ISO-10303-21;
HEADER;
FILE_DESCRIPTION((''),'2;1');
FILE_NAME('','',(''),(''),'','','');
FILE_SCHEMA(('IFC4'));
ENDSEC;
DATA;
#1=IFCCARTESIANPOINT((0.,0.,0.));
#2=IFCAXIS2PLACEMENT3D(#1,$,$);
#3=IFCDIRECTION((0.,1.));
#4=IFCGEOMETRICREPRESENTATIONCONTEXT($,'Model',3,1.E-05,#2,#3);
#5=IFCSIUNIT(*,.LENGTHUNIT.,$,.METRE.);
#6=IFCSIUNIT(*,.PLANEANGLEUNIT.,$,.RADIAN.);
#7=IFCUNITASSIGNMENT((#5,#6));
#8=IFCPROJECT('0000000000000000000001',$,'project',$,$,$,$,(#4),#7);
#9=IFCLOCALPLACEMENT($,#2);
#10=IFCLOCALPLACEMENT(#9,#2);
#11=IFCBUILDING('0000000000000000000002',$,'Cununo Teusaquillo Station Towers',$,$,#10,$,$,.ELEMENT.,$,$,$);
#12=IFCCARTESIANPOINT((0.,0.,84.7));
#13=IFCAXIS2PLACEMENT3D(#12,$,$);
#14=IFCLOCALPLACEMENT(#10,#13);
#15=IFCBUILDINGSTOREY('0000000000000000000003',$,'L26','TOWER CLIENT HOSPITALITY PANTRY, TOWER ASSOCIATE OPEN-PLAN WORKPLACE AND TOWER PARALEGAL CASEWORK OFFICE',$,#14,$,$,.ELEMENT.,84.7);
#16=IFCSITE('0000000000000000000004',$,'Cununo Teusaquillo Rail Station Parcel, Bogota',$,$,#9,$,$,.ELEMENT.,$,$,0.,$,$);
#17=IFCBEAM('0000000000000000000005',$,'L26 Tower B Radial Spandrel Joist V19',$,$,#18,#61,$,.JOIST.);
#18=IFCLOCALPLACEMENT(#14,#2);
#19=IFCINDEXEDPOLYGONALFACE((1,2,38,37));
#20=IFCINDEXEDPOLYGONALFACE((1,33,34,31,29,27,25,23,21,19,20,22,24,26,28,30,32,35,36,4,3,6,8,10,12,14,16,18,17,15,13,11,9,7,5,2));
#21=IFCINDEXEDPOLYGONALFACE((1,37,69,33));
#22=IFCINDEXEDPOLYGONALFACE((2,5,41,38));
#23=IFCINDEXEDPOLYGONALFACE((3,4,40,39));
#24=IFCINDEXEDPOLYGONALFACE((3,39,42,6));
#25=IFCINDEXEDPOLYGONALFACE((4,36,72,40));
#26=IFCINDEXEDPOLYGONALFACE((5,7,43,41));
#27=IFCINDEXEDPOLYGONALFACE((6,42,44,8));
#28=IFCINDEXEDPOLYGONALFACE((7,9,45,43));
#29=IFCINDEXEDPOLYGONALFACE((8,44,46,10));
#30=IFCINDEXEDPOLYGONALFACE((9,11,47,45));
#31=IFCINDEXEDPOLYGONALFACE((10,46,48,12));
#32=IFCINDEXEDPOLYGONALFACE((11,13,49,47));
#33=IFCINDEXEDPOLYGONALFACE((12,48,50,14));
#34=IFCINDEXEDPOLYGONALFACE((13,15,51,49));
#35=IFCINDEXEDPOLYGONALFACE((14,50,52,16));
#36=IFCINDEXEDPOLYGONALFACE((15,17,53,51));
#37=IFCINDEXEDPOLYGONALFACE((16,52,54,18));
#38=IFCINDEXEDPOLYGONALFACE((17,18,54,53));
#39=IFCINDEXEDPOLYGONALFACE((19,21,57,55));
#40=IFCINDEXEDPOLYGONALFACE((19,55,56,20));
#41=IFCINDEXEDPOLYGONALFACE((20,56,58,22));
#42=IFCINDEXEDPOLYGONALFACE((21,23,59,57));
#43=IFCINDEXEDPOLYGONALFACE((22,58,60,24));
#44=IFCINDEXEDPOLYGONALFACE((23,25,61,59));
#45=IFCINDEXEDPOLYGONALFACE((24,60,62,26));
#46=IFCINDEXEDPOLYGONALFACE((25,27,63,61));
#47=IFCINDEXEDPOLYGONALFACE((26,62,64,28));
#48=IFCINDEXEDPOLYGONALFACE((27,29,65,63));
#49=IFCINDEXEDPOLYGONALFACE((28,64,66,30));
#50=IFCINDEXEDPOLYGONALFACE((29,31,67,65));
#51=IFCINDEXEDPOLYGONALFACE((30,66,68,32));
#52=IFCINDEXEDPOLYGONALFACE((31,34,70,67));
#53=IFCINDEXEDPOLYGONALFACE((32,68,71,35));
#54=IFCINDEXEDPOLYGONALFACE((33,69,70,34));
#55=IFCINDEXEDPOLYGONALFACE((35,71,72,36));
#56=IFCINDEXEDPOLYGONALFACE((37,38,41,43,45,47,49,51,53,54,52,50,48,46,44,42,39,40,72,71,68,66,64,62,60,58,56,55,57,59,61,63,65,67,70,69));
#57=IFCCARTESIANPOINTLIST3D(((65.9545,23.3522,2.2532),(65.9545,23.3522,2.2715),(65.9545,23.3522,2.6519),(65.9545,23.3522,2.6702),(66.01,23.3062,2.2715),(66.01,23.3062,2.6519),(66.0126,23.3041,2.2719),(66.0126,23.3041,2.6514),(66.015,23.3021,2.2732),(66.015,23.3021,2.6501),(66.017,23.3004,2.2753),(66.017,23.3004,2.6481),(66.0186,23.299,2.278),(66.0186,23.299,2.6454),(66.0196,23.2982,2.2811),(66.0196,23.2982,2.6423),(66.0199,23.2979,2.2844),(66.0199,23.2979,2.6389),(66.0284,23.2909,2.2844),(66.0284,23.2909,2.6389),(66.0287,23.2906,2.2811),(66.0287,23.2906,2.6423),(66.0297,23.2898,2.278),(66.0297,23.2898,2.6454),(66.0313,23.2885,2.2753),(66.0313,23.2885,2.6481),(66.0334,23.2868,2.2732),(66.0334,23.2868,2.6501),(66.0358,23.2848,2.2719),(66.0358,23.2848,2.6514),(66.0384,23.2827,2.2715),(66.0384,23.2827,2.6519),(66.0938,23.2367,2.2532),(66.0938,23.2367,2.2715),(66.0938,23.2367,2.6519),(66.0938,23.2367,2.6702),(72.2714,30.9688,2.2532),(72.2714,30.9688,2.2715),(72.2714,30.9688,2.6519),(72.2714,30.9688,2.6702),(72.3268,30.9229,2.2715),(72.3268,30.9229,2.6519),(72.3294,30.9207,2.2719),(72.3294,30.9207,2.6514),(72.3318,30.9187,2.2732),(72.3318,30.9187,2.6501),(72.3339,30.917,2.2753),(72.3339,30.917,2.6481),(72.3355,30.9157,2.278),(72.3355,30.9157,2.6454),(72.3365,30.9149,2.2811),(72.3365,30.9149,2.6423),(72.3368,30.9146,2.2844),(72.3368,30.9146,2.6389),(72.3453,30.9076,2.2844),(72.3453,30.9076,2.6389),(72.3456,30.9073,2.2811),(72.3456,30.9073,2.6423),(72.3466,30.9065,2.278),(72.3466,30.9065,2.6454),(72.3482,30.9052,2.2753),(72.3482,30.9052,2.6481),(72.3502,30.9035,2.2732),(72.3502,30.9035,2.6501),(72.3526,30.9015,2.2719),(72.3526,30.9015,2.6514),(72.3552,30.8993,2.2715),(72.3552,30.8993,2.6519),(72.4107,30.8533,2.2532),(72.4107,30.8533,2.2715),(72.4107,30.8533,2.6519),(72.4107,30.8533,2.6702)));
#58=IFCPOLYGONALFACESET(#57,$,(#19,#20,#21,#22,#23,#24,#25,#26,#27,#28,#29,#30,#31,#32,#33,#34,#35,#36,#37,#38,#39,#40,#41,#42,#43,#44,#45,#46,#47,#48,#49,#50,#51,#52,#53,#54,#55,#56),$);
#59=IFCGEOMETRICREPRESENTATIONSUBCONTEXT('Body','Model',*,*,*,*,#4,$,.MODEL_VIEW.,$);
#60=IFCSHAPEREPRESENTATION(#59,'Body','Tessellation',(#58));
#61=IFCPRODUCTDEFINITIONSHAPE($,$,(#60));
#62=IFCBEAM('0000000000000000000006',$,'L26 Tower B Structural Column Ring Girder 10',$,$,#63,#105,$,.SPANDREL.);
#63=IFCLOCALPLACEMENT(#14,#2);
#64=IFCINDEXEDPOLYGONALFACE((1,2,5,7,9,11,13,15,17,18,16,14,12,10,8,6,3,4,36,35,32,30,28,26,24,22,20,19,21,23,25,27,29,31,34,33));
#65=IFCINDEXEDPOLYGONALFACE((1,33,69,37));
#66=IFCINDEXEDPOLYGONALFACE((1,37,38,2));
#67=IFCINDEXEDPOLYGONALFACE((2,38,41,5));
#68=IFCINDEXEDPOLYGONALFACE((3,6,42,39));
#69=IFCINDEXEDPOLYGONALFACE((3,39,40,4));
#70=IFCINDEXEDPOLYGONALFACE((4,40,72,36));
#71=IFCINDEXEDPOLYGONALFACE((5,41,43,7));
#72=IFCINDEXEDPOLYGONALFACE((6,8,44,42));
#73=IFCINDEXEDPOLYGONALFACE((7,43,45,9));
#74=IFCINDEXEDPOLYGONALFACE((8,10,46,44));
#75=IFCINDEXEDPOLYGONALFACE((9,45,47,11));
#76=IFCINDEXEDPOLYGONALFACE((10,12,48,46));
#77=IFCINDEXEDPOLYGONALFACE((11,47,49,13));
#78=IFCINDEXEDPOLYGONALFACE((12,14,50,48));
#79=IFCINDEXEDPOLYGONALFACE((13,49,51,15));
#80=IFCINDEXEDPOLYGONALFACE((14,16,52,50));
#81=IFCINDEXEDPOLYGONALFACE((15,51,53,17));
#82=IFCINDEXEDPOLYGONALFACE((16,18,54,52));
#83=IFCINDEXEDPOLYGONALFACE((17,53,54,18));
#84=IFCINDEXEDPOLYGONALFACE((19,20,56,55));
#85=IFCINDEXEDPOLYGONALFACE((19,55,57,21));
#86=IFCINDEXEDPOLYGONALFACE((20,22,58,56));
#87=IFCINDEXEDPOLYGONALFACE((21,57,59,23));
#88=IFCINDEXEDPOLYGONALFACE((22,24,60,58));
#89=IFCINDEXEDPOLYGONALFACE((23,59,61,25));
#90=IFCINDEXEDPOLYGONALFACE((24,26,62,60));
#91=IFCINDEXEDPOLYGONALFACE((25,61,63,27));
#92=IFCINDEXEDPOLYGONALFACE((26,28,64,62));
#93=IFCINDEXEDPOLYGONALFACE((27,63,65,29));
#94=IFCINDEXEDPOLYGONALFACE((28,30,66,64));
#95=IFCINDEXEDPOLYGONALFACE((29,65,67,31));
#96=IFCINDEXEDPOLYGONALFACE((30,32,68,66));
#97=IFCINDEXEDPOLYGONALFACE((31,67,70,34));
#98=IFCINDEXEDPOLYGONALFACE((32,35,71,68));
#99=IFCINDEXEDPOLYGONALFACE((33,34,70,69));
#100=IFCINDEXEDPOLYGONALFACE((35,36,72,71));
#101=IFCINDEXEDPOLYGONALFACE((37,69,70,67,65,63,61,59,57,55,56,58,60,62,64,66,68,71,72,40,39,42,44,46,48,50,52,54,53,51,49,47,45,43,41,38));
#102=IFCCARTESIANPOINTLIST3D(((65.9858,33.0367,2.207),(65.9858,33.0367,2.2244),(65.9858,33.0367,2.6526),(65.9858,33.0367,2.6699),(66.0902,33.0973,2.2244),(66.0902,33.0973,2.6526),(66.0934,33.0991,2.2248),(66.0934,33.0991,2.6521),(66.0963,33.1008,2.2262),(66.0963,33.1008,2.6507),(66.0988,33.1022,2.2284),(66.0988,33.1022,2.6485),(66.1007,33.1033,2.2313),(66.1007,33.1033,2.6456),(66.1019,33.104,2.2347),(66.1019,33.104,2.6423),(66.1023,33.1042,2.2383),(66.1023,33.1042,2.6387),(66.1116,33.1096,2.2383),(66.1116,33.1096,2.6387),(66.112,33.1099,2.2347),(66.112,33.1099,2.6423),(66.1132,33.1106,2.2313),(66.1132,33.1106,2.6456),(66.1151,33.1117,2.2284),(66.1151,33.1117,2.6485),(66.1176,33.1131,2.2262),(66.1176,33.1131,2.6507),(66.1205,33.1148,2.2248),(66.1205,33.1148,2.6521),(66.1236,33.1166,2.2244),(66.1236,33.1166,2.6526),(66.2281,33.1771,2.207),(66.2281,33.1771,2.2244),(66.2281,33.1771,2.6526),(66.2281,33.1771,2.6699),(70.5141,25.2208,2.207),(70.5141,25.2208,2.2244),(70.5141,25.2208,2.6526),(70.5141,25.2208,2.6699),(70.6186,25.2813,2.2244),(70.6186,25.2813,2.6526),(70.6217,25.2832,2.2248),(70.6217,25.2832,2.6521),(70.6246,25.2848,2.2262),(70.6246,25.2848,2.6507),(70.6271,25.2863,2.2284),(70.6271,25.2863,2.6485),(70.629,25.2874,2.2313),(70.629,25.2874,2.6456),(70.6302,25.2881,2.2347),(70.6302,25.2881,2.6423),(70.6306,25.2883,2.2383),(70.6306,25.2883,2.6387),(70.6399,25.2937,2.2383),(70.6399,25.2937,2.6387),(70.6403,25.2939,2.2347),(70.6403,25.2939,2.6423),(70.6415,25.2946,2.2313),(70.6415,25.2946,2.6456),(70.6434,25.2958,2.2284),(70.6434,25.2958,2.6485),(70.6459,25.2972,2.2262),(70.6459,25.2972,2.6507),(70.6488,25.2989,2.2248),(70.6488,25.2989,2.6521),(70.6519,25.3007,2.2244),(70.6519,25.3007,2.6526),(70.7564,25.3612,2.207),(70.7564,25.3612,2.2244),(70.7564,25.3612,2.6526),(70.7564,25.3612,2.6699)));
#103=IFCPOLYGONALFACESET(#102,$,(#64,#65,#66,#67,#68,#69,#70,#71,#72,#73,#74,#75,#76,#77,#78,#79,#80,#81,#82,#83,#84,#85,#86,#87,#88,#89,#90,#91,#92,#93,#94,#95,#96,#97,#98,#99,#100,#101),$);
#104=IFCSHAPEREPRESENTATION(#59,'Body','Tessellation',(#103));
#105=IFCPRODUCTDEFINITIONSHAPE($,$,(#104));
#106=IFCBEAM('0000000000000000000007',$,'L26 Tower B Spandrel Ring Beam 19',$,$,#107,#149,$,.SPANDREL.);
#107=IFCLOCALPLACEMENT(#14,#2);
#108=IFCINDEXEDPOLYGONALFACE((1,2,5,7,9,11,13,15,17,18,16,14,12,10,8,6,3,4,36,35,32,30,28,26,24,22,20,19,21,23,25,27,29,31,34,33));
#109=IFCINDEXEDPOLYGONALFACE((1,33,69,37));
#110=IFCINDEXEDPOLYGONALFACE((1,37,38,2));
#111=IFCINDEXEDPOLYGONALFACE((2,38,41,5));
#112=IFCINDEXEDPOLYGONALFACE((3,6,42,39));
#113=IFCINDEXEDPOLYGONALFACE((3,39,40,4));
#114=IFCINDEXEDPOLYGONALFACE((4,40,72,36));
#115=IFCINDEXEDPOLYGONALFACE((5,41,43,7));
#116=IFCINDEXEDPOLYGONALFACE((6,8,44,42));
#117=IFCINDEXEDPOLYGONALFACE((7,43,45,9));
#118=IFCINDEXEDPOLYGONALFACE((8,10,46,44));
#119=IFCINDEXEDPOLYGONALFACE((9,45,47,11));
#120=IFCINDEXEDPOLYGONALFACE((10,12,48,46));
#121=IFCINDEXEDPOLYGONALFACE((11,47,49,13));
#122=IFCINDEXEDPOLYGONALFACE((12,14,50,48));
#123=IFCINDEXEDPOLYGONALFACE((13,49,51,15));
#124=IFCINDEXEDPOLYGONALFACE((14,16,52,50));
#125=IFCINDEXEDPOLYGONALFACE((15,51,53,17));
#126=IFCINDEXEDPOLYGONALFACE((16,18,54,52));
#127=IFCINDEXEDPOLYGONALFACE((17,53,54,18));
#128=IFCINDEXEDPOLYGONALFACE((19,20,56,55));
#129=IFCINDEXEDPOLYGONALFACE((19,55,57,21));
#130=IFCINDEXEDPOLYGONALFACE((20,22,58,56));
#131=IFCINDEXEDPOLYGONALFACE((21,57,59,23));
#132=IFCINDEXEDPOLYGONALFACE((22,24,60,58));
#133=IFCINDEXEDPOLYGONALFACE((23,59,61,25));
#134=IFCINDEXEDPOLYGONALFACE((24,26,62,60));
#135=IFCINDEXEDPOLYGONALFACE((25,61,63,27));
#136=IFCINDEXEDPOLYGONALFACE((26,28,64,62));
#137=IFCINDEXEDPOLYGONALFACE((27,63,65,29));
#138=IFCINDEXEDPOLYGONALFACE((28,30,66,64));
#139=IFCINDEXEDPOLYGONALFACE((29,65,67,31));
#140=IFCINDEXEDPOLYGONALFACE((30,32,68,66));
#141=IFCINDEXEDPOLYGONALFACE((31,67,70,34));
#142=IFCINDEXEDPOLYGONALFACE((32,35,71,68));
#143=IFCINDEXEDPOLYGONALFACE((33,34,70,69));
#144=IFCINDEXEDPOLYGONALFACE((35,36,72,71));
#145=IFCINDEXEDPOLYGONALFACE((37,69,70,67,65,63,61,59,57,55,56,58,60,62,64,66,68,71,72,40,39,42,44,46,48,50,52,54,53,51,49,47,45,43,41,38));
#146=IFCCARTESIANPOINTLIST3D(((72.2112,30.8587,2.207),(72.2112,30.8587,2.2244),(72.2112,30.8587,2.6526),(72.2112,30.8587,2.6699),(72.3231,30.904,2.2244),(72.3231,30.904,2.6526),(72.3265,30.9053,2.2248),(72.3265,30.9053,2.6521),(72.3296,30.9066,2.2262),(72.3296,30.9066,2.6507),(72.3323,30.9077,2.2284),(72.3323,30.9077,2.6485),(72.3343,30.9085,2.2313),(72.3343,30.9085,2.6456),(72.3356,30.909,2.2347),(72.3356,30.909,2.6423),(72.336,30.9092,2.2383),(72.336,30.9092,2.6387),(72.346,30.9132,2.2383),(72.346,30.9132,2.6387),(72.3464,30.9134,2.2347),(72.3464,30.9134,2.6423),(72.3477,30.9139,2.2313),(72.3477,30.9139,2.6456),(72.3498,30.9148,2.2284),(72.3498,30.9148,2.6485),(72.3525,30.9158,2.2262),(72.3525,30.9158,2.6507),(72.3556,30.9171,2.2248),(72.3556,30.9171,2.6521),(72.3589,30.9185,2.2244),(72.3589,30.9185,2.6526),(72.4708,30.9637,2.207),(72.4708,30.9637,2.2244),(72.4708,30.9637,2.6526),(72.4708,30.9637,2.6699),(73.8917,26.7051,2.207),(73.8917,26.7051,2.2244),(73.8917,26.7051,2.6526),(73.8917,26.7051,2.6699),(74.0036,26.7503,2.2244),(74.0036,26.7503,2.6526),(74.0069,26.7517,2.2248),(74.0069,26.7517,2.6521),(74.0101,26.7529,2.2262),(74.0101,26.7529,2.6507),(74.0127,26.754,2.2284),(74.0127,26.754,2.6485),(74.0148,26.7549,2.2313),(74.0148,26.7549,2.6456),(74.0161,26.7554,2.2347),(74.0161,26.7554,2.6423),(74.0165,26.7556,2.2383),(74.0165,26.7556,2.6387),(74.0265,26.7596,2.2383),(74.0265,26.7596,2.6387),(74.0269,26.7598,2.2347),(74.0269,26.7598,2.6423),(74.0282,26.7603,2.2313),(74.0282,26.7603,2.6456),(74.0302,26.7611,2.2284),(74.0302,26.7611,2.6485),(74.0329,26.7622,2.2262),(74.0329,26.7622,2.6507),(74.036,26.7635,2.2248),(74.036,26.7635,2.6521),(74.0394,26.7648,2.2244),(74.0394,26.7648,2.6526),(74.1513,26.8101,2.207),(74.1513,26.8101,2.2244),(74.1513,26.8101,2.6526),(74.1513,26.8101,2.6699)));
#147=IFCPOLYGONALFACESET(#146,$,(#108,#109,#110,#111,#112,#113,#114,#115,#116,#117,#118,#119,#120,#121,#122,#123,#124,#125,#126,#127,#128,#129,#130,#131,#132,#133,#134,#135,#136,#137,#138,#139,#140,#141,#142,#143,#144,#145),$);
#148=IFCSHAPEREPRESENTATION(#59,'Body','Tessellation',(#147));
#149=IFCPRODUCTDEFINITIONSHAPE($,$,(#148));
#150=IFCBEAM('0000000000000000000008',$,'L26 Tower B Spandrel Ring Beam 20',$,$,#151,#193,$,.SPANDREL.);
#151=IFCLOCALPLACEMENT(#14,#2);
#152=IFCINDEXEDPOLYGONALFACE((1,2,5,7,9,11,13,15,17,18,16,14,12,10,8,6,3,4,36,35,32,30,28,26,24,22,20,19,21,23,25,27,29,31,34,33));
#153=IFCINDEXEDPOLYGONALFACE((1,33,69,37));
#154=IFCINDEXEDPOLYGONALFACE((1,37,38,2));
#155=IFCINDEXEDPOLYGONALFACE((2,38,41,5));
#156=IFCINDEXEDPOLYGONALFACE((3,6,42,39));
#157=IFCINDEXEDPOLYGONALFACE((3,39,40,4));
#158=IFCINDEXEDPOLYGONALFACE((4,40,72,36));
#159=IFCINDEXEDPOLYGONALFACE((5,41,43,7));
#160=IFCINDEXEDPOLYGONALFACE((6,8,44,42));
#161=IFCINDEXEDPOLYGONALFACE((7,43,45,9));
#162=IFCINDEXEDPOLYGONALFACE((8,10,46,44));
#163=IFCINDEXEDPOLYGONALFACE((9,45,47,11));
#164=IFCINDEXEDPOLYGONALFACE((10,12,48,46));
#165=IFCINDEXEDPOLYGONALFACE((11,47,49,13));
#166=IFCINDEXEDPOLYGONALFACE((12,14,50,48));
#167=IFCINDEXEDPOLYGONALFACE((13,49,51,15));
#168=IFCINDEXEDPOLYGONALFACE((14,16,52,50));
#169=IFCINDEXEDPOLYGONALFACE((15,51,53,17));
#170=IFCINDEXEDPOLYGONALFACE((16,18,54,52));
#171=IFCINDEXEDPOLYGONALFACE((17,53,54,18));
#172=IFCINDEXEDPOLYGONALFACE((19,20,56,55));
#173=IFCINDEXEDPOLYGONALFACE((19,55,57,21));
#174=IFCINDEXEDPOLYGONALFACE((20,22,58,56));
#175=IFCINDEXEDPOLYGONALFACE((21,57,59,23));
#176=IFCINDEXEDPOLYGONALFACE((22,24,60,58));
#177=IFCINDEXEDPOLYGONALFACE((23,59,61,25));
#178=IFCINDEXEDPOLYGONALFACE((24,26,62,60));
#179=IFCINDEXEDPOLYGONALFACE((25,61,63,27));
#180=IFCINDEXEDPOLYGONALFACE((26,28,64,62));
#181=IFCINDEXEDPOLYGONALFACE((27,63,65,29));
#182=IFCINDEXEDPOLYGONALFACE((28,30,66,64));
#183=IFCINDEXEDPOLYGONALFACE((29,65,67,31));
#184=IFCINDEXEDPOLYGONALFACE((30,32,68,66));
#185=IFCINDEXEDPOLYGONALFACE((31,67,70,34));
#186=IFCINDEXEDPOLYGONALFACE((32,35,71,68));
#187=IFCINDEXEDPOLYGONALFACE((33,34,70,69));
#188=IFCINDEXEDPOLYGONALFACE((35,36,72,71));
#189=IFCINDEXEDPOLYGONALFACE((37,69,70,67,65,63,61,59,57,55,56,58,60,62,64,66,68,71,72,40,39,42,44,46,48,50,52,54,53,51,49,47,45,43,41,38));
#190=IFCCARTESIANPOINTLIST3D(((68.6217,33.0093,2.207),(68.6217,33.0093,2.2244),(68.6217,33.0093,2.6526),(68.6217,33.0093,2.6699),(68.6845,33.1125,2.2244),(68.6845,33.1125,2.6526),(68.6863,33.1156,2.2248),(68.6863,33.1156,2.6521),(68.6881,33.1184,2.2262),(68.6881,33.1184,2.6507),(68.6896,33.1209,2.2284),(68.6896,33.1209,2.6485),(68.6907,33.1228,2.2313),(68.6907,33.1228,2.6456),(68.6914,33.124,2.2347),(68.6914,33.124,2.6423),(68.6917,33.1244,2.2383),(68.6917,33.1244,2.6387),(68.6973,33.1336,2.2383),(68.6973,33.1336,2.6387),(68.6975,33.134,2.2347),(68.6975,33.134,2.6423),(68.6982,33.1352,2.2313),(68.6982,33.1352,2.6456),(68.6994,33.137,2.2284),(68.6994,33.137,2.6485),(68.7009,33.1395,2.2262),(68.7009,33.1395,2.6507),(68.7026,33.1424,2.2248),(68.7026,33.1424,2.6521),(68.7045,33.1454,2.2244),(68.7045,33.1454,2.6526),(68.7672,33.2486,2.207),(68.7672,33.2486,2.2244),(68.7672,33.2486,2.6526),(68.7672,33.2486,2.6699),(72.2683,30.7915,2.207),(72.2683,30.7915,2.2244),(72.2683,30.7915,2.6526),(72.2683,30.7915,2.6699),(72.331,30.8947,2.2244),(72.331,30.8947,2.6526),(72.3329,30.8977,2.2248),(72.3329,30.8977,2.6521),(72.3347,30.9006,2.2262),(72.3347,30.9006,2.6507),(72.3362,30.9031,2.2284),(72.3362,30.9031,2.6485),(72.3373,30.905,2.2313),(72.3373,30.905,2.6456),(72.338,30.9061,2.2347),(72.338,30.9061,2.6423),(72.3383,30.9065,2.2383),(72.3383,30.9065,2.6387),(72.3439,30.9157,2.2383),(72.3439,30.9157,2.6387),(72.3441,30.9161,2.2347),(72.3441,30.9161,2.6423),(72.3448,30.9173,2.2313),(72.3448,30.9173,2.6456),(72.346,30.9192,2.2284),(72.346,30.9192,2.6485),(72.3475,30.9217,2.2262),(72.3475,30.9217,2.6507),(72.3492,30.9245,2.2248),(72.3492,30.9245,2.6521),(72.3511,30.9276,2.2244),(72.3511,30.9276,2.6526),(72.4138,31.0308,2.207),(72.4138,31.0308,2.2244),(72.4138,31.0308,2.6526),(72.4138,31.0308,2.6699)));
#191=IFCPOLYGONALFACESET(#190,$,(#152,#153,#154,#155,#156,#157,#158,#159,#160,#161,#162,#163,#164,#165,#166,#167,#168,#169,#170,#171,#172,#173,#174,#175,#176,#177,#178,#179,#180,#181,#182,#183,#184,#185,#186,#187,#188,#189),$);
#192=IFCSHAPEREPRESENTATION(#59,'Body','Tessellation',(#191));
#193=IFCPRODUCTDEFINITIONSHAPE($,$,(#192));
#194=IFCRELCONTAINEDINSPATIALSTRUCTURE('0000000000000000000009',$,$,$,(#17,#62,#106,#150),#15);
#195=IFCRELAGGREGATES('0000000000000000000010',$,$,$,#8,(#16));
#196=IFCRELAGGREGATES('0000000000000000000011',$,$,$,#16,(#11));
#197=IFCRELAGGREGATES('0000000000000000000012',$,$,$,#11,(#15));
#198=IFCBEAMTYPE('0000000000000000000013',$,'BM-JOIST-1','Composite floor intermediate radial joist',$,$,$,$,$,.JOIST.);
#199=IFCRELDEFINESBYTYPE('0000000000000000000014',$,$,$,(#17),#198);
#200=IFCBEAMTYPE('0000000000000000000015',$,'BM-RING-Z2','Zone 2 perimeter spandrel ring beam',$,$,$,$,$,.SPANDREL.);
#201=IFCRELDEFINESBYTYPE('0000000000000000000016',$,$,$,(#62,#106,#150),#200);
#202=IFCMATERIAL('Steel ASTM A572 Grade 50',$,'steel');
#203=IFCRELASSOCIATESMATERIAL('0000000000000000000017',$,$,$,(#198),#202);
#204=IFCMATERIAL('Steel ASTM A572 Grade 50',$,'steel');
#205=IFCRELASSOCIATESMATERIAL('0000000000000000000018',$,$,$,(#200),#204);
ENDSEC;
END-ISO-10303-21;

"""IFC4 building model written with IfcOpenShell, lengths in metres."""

from ifc_helpers import new_model, si_unit, direction, frame, origin, origin_2d, place, context, subcontext, project, spatial, i_section, extrude, material, material_profile, profile_set, type_object, element, save


model = new_model("IFC4")

# Units and contexts
model_context = context("Model", 3, precision=1e-05, world=origin(), true_north=direction((0.0, 1.0)))
body_context = subcontext(model_context, "Body", "Model", "MODEL_VIEW")
ifc_project = project(units=[si_unit("LENGTHUNIT", "METRE"), si_unit("PLANEANGLEUNIT", "RADIAN")], contexts=[model_context])

# Site, building, storey
site_placement = place(None, origin())
site = spatial("IfcSite", under=ifc_project, at=site_placement, Name="Cununo Teusaquillo Rail Station Parcel, Bogota", CompositionType="ELEMENT", RefElevation=0.0)
building_placement = place(site_placement, origin())
building = spatial("IfcBuilding", under=site, at=building_placement, Name="Cununo Teusaquillo Station Towers", CompositionType="ELEMENT")
storey_placement = place(building_placement, frame((0.0, 0.0, 84.7)))
storey = spatial("IfcBuildingStorey", under=building, at=storey_placement, Name="L26", Description="TOWER CLIENT HOSPITALITY PANTRY, TOWER ASSOCIATE OPEN-PLAN WORKPLACE AND TOWER PARALEGAL CASEWORK OFFICE", CompositionType="ELEMENT", Elevation=84.7)

# Beams
ifc_material_1 = material(Name="Steel ASTM A572 Grade 50", Category="steel")
ifc_material_profile_1 = material_profile(ifc_material_1, i_section(OverallWidth=0.1809, OverallDepth=0.417, WebThickness=0.011, FlangeThickness=0.0183, FilletRadius=0.0129, at=origin_2d()), Name="W16X57")
ifc_profile_set_1 = profile_set([ifc_material_profile_1], Name="Steel ASTM A572 Grade 50")
beam_type_1 = type_object("IfcBeamType", Name="BM-JOIST-1", Description="Composite floor intermediate radial joist", PredefinedType="JOIST", material=ifc_profile_set_1)
beam_1_placement = place(storey_placement, frame((66.0242, 23.2944, 2.4617), z_axis=(0.638372, 0.769728, 0.0), x_axis=(-0.769728, 0.638372, 0.0)))
element("IfcBeam", 1, at=beam_1_placement, inside=storey, type_object=beam_type_1, Name="L26 Tower B Radial Spandrel Joist V19", PredefinedType="JOIST", context=body_context, shape_type="SweptSolid", body=[
    extrude(i_section(OverallWidth=0.1809, OverallDepth=0.417, WebThickness=0.011, FlangeThickness=0.0183, FilletRadius=0.0129, at=origin_2d()), origin(), (0.0, 0.0, 1.0), 9.8953),
])
ifc_material_2 = material(Name="Steel ASTM A572 Grade 50", Category="steel")
ifc_material_profile_2 = material_profile(ifc_material_2, i_section(OverallWidth=0.28, OverallDepth=0.4629, WebThickness=0.0107, FlangeThickness=0.0173, FilletRadius=0.0139, at=origin_2d()), Name="W18X76")
ifc_profile_set_2 = profile_set([ifc_material_profile_2], Name="Steel ASTM A572 Grade 50")
beam_type_2 = type_object("IfcBeamType", Name="BM-RING-Z2", Description="Zone 2 perimeter spandrel ring beam", PredefinedType="SPANDREL", material=ifc_profile_set_2)
beam_2_placement = place(storey_placement, frame((70.6353, 25.291, 2.4385), z_axis=(-0.501311, 0.865267, 0.0), x_axis=(-0.865267, -0.501311, 0.0)))
element("IfcBeam", 2, at=beam_2_placement, inside=storey, type_object=beam_type_2, Name="L26 Tower B Structural Column Ring Girder 10", PredefinedType="SPANDREL", context=body_context, shape_type="SweptSolid", body=[
    extrude(i_section(OverallWidth=0.28, OverallDepth=0.4629, WebThickness=0.0107, FlangeThickness=0.0173, FilletRadius=0.0139, at=origin_2d()), origin(), (0.0, 0.0, 1.0), 9.033),
])
beam_3_placement = place(storey_placement, frame((74.0215, 26.7576, 2.4385), z_axis=(-0.375042, 0.927008, 0.0), x_axis=(-0.927008, -0.375042, 0.0)))
element("IfcBeam", 3, at=beam_3_placement, inside=storey, type_object=beam_type_2, Name="L26 Tower B Spandrel Ring Beam 19", PredefinedType="SPANDREL", context=body_context, shape_type="SweptSolid", body=[
    extrude(i_section(OverallWidth=0.28, OverallDepth=0.4629, WebThickness=0.0107, FlangeThickness=0.0173, FilletRadius=0.0139, at=origin_2d()), origin(), (0.0, 0.0, 1.0), 4.4807),
])
beam_4_placement = place(storey_placement, frame((72.3411, 30.9111, 2.4385), z_axis=(-0.854388, 0.519635, 0.0), x_axis=(-0.519635, -0.854388, 0.0)))
element("IfcBeam", 4, at=beam_4_placement, inside=storey, type_object=beam_type_2, Name="L26 Tower B Spandrel Ring Beam 20", PredefinedType="SPANDREL", context=body_context, shape_type="SweptSolid", body=[
    extrude(i_section(OverallWidth=0.28, OverallDepth=0.4629, WebThickness=0.0107, FlangeThickness=0.0173, FilletRadius=0.0139, at=origin_2d()), origin(), (0.0, 0.0, 1.0), 4.2681),
])

save(model, "model.ifc")
